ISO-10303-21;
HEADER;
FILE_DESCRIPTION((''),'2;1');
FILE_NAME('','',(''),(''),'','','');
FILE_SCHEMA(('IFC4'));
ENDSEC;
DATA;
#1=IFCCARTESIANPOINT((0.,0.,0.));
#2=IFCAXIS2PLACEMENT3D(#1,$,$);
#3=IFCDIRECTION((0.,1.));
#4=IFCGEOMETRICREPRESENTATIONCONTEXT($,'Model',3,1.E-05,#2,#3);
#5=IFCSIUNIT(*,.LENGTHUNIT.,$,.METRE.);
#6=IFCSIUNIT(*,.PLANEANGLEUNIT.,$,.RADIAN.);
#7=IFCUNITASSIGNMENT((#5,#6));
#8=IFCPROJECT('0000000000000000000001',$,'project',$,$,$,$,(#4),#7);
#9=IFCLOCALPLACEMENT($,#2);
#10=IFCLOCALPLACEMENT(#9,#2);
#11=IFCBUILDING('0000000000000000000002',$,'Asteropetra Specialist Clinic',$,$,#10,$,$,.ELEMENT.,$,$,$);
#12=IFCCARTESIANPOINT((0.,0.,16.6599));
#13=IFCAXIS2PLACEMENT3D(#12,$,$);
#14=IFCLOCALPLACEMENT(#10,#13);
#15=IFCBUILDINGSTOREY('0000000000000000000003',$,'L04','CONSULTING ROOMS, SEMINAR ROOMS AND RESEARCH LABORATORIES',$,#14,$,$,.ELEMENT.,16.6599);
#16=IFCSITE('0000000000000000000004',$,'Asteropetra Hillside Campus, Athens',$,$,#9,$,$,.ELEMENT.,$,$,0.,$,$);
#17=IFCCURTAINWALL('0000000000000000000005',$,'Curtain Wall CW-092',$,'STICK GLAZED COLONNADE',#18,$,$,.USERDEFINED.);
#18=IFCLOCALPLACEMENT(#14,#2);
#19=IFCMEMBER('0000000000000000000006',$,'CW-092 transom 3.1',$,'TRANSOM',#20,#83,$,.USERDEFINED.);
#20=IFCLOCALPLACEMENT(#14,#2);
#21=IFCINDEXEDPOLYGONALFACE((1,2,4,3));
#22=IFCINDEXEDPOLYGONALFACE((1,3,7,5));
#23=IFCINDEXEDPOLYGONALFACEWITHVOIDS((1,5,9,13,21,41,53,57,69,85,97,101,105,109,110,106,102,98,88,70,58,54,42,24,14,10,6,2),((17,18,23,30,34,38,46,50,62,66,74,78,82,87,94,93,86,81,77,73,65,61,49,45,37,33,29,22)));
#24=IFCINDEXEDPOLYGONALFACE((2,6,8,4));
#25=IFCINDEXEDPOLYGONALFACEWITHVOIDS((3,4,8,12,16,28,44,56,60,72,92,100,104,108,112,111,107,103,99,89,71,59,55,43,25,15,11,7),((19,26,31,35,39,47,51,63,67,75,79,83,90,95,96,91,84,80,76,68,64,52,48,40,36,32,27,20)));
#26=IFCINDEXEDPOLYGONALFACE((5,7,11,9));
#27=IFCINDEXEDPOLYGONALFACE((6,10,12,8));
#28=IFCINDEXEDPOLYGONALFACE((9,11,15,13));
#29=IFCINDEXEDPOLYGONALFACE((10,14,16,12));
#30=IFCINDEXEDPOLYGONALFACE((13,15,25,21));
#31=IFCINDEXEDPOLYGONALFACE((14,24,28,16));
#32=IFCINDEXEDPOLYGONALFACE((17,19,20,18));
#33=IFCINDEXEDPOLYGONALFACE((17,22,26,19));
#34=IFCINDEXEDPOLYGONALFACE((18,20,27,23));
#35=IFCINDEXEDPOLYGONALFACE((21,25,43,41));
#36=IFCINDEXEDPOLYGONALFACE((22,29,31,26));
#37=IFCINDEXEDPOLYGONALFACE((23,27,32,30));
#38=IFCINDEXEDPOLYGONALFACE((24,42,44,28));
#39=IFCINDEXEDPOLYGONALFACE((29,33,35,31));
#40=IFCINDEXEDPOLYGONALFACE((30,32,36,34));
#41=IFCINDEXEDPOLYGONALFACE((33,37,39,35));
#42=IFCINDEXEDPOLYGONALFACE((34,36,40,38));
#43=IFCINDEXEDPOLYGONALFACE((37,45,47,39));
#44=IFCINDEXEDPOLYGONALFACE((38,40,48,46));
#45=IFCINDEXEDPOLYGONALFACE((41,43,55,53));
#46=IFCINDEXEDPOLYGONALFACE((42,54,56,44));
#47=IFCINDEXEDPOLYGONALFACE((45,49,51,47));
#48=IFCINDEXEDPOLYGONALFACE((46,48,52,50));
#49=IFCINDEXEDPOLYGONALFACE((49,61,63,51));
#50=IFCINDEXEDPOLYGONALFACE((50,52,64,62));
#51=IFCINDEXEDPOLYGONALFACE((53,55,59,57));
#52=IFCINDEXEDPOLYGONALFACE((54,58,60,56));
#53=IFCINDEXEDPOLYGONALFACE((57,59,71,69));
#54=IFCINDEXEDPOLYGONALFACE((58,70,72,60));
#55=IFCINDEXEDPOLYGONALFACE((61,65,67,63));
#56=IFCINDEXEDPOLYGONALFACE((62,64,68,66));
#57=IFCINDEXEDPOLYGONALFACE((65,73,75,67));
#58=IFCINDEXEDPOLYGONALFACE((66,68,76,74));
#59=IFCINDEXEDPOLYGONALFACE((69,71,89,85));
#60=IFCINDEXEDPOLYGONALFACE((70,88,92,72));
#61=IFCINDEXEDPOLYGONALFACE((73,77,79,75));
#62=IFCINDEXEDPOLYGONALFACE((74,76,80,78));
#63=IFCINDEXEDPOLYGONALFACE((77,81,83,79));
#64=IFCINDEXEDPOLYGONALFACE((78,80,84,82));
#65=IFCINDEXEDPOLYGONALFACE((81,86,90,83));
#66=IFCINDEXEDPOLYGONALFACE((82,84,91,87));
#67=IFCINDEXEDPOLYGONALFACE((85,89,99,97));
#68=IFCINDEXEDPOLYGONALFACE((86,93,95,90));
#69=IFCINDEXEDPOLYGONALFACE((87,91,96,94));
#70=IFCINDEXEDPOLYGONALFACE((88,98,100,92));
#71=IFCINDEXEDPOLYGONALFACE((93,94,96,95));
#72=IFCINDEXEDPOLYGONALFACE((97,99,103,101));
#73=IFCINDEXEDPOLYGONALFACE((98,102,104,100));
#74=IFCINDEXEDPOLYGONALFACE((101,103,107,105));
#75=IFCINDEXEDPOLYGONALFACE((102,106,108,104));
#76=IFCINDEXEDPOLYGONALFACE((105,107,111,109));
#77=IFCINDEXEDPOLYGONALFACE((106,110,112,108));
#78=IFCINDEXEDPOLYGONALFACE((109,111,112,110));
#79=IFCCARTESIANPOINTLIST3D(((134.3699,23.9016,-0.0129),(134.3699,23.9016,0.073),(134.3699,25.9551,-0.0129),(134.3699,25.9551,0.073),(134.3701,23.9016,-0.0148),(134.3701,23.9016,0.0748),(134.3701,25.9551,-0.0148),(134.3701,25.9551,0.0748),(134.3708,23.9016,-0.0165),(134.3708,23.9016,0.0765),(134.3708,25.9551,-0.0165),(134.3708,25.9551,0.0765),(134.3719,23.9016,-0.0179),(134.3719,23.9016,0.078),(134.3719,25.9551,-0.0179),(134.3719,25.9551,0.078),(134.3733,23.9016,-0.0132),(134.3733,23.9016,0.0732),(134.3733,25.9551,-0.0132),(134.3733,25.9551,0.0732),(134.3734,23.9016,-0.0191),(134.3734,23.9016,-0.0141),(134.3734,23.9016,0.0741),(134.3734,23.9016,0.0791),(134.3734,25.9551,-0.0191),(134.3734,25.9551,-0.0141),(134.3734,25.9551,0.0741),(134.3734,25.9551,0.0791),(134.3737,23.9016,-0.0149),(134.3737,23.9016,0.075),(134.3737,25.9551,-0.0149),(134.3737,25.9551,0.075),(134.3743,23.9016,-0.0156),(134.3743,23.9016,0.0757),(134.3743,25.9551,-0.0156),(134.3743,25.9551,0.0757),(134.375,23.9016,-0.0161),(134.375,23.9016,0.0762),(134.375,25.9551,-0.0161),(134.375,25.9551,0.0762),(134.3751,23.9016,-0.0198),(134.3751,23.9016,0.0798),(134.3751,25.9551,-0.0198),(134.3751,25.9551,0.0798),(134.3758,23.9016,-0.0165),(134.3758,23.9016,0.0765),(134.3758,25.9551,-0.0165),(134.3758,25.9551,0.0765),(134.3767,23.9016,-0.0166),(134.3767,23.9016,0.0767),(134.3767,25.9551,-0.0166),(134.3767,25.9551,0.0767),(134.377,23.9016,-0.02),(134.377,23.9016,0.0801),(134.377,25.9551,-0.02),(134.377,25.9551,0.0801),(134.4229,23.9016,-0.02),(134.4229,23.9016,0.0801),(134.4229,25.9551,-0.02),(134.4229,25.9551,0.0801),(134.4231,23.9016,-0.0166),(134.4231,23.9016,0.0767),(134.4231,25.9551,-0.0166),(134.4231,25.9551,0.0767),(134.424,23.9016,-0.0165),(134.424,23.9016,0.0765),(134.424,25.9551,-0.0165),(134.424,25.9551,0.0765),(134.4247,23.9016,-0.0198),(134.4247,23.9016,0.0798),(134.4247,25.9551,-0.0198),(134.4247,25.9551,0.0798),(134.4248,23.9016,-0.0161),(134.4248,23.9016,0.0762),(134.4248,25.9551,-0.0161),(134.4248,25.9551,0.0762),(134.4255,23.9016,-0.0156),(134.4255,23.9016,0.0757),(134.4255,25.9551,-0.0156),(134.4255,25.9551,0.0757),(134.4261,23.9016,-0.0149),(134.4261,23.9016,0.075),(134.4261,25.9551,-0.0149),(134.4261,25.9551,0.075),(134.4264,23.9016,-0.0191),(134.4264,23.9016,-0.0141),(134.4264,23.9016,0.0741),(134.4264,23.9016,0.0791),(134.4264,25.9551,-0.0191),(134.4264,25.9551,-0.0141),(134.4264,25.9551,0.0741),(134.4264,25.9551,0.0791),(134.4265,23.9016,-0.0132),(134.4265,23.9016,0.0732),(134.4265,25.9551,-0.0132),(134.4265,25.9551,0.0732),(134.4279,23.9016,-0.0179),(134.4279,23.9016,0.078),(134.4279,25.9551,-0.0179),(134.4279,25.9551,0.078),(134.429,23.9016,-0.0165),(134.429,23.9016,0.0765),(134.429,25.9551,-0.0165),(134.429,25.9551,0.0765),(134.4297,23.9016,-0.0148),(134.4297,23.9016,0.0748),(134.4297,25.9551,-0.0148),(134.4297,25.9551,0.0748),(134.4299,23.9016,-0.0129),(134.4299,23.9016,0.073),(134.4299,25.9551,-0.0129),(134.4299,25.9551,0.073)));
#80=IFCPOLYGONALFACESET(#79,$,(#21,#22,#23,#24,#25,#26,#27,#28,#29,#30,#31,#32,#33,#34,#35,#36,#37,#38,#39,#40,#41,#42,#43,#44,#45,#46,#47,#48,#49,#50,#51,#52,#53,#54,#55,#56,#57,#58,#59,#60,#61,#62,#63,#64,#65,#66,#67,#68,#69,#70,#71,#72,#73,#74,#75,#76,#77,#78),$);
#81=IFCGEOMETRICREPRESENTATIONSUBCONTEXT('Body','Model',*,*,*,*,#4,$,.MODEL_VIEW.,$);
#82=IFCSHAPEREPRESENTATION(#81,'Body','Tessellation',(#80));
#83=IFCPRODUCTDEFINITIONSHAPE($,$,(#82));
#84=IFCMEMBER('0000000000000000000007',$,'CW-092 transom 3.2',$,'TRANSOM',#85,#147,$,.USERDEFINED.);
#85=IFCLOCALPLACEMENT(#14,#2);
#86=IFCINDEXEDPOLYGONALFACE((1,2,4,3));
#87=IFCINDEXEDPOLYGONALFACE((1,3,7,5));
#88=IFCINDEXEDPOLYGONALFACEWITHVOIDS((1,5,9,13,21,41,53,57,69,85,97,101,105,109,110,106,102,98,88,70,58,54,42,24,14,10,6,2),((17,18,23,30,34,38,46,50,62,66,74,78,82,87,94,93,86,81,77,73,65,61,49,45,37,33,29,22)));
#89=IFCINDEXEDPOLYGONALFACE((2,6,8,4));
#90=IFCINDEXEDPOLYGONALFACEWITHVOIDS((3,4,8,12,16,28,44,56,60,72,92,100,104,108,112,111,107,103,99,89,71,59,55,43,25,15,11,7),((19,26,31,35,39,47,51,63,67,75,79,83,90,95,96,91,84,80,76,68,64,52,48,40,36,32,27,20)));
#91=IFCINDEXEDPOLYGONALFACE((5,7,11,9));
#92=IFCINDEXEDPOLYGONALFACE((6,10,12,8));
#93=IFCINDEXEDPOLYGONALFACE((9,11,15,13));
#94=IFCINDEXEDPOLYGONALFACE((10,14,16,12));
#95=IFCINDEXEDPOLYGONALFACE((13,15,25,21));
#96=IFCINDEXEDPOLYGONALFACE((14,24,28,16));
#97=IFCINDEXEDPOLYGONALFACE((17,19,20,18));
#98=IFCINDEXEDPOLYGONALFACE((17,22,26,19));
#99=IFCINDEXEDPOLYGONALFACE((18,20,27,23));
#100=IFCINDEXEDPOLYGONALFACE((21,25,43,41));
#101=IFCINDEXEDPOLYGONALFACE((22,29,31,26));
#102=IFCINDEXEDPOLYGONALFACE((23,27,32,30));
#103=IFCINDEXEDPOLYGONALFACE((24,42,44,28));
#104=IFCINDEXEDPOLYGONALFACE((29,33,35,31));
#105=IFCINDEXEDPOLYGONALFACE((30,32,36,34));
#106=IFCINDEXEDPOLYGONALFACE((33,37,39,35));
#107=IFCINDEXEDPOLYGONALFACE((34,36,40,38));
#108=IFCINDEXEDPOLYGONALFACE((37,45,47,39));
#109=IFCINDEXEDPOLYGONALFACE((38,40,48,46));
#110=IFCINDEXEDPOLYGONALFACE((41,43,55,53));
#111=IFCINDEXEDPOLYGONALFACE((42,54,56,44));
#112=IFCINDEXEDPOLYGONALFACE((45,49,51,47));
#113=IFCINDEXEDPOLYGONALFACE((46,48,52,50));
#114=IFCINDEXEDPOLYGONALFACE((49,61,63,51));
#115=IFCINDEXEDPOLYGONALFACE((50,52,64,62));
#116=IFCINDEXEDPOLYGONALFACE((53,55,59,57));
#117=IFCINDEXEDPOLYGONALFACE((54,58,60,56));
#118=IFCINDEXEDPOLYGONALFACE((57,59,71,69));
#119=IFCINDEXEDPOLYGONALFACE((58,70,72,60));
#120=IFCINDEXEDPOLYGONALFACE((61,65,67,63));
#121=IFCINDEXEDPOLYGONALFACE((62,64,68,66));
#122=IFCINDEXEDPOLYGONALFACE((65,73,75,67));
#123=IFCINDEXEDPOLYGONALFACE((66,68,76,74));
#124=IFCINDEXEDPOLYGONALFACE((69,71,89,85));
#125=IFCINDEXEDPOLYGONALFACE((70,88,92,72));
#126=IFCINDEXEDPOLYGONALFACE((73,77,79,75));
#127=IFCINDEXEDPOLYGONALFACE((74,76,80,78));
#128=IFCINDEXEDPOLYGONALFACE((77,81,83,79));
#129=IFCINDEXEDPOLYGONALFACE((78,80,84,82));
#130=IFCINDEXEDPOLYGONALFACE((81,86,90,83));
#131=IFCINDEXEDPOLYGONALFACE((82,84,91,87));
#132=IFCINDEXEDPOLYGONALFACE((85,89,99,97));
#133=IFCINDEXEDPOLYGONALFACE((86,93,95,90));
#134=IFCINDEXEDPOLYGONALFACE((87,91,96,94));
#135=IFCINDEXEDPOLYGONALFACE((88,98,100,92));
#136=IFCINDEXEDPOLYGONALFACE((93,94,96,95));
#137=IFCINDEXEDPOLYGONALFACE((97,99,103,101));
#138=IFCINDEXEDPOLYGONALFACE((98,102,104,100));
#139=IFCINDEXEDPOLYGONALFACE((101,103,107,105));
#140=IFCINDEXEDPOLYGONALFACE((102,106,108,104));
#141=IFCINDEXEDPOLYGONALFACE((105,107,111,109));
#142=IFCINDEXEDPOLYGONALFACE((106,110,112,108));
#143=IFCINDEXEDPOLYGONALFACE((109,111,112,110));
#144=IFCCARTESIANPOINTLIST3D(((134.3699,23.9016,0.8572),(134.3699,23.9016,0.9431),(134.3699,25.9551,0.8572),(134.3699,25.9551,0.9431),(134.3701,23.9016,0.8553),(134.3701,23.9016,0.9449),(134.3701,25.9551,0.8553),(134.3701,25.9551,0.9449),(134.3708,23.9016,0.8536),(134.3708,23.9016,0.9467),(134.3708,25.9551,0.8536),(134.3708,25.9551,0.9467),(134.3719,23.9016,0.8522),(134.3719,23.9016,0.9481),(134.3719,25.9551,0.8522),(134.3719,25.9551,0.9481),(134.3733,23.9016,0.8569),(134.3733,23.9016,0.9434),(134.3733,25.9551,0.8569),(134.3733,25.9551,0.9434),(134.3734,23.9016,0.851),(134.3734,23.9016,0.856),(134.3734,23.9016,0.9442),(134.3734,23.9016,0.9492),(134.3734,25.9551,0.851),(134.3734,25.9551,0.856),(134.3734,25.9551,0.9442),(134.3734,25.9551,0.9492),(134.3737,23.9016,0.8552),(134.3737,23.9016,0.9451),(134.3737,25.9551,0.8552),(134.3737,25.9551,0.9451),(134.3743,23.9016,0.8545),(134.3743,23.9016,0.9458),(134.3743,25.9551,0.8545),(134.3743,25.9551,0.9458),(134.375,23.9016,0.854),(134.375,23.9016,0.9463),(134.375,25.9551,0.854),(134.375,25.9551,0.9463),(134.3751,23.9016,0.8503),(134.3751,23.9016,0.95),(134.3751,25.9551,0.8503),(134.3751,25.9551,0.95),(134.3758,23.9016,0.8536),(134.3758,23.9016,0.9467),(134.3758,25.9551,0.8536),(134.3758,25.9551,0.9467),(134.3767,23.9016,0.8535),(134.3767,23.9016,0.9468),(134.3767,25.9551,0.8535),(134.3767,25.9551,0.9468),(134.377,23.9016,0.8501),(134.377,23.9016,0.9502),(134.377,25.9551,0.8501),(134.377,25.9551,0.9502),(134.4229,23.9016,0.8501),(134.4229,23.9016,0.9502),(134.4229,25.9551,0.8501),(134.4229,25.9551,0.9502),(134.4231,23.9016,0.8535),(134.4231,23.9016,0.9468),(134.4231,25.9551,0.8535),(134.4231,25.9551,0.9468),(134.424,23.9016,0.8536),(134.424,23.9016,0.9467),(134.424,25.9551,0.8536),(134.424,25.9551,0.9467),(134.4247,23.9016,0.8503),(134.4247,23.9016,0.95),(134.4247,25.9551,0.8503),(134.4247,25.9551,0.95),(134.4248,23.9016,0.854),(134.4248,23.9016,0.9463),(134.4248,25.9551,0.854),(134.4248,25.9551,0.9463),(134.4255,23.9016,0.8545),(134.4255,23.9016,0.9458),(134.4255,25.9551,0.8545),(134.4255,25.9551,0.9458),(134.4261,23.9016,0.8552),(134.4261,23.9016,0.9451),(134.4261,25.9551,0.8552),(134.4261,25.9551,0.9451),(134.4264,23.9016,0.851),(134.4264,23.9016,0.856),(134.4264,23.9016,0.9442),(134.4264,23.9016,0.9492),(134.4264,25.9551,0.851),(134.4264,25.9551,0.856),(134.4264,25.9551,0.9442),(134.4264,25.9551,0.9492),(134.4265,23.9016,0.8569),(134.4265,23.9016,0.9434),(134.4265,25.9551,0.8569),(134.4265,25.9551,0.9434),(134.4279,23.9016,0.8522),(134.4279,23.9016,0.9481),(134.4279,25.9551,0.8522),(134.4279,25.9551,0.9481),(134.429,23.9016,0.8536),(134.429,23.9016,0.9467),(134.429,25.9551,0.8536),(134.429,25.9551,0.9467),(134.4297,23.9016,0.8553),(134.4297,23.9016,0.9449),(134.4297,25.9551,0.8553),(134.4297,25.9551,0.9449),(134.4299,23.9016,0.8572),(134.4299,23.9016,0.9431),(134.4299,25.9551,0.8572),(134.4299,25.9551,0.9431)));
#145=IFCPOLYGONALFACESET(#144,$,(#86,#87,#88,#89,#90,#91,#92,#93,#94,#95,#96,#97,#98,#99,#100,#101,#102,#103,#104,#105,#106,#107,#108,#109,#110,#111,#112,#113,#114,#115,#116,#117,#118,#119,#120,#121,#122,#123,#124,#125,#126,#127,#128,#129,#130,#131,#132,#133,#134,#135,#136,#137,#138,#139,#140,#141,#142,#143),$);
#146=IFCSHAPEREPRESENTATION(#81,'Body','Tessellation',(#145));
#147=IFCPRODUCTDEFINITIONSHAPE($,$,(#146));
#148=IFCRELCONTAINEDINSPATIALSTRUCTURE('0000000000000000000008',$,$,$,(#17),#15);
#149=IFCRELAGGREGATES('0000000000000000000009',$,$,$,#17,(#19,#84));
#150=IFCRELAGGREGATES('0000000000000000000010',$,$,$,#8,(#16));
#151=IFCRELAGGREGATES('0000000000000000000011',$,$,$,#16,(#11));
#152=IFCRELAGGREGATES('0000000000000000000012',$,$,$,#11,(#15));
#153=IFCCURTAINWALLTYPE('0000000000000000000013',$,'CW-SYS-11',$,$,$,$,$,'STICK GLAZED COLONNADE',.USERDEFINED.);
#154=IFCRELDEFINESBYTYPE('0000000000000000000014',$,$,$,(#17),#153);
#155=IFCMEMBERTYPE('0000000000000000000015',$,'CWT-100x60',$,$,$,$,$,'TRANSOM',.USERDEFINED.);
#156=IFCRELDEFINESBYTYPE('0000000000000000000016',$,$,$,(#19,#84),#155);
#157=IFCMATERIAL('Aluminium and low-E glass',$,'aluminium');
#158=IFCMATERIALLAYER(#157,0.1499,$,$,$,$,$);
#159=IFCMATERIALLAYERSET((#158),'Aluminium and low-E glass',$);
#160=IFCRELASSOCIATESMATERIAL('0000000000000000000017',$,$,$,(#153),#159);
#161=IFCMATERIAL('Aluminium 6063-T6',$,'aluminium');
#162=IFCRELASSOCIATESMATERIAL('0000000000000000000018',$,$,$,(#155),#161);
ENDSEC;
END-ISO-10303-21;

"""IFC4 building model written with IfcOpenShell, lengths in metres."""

from ifc_helpers import new_model, si_unit, direction, frame, origin, origin_2d, place, context, subcontext, project, spatial, hollow_rectangle, extrude, material, layer, layer_set, material_profile, profile_set, type_object, element, aggregate, save


model = new_model("IFC4")

# Units and contexts
model_context = context("Model", 3, precision=1e-05, world=origin(), true_north=direction((0.0, 1.0)))
body_context = subcontext(model_context, "Body", "Model", "MODEL_VIEW")
ifc_project = project(units=[si_unit("LENGTHUNIT", "METRE"), si_unit("PLANEANGLEUNIT", "RADIAN")], contexts=[model_context])

# Site, building, storey
site_placement = place(None, origin())
site = spatial("IfcSite", under=ifc_project, at=site_placement, Name="Asteropetra Hillside Campus, Athens", CompositionType="ELEMENT", RefElevation=0.0)
building_placement = place(site_placement, origin())
building = spatial("IfcBuilding", under=site, at=building_placement, Name="Asteropetra Specialist Clinic", CompositionType="ELEMENT")
storey_placement = place(building_placement, frame((0.0, 0.0, 16.6599)))
storey = spatial("IfcBuildingStorey", under=building, at=storey_placement, Name="L04", Description="CONSULTING ROOMS, SEMINAR ROOMS AND RESEARCH LABORATORIES", CompositionType="ELEMENT", Elevation=16.6599)

# Curtain wall, members
ifc_material_1 = material(Name="Aluminium and low-E glass", Category="aluminium")
ifc_layer_1 = layer(ifc_material_1, 0.1499)
ifc_layer_set_1 = layer_set([ifc_layer_1], Name="Aluminium and low-E glass")
curtain_wall_type_1 = type_object("IfcCurtainWallType", Name="CW-SYS-11", ElementType="STICK GLAZED COLONNADE", PredefinedType="USERDEFINED", material=ifc_layer_set_1)
curtain_wall_1_placement = place(storey_placement, origin())
curtain_wall_1 = element("IfcCurtainWall", 1, at=curtain_wall_1_placement, inside=storey, type_object=curtain_wall_type_1, Name="Curtain Wall CW-092", ObjectType="STICK GLAZED COLONNADE", PredefinedType="USERDEFINED")
ifc_material_2 = material(Name="Aluminium 6063-T6", Category="aluminium")
ifc_material_profile_1 = material_profile(ifc_material_2, hollow_rectangle(XDim=0.0601, YDim=0.1001, WallThickness=0.0034, InnerFilletRadius=0.0034, OuterFilletRadius=0.0071, at=origin_2d()), Name="TRN 100x60x3.5")
ifc_profile_set_1 = profile_set([ifc_material_profile_1], Name="Aluminium 6063-T6")
member_type_1 = type_object("IfcMemberType", Name="CWT-100x60", ElementType="TRANSOM", PredefinedType="USERDEFINED", material=ifc_profile_set_1)
member_1_placement = place(storey_placement, frame((134.3999, 23.9016, 0.03), z_axis=(0.0, 1.0, 0.0), x_axis=(-1.0, 0.0, 0.0)))
member_1 = element("IfcMember", 2, at=member_1_placement, type_object=member_type_1, Name="CW-092 transom 3.1", ObjectType="TRANSOM", PredefinedType="USERDEFINED", context=body_context, shape_type="SweptSolid", body=[
    extrude(hollow_rectangle(XDim=0.0601, YDim=0.1001, WallThickness=0.0034, InnerFilletRadius=0.0034, OuterFilletRadius=0.0071, at=origin_2d()), origin(), (0.0, 0.0, 1.0), 2.0535),
])
member_2_placement = place(storey_placement, frame((134.3999, 23.9016, 0.9001), z_axis=(0.0, 1.0, 0.0), x_axis=(-1.0, 0.0, 0.0)))
member_2 = element("IfcMember", 3, at=member_2_placement, type_object=member_type_1, Name="CW-092 transom 3.2", ObjectType="TRANSOM", PredefinedType="USERDEFINED", context=body_context, shape_type="SweptSolid", body=[
    extrude(hollow_rectangle(XDim=0.0601, YDim=0.1001, WallThickness=0.0034, InnerFilletRadius=0.0034, OuterFilletRadius=0.0071, at=origin_2d()), origin(), (0.0, 0.0, 1.0), 2.0535),
])

aggregate(curtain_wall_1, [member_1, member_2])

save(model, "model.ifc")
